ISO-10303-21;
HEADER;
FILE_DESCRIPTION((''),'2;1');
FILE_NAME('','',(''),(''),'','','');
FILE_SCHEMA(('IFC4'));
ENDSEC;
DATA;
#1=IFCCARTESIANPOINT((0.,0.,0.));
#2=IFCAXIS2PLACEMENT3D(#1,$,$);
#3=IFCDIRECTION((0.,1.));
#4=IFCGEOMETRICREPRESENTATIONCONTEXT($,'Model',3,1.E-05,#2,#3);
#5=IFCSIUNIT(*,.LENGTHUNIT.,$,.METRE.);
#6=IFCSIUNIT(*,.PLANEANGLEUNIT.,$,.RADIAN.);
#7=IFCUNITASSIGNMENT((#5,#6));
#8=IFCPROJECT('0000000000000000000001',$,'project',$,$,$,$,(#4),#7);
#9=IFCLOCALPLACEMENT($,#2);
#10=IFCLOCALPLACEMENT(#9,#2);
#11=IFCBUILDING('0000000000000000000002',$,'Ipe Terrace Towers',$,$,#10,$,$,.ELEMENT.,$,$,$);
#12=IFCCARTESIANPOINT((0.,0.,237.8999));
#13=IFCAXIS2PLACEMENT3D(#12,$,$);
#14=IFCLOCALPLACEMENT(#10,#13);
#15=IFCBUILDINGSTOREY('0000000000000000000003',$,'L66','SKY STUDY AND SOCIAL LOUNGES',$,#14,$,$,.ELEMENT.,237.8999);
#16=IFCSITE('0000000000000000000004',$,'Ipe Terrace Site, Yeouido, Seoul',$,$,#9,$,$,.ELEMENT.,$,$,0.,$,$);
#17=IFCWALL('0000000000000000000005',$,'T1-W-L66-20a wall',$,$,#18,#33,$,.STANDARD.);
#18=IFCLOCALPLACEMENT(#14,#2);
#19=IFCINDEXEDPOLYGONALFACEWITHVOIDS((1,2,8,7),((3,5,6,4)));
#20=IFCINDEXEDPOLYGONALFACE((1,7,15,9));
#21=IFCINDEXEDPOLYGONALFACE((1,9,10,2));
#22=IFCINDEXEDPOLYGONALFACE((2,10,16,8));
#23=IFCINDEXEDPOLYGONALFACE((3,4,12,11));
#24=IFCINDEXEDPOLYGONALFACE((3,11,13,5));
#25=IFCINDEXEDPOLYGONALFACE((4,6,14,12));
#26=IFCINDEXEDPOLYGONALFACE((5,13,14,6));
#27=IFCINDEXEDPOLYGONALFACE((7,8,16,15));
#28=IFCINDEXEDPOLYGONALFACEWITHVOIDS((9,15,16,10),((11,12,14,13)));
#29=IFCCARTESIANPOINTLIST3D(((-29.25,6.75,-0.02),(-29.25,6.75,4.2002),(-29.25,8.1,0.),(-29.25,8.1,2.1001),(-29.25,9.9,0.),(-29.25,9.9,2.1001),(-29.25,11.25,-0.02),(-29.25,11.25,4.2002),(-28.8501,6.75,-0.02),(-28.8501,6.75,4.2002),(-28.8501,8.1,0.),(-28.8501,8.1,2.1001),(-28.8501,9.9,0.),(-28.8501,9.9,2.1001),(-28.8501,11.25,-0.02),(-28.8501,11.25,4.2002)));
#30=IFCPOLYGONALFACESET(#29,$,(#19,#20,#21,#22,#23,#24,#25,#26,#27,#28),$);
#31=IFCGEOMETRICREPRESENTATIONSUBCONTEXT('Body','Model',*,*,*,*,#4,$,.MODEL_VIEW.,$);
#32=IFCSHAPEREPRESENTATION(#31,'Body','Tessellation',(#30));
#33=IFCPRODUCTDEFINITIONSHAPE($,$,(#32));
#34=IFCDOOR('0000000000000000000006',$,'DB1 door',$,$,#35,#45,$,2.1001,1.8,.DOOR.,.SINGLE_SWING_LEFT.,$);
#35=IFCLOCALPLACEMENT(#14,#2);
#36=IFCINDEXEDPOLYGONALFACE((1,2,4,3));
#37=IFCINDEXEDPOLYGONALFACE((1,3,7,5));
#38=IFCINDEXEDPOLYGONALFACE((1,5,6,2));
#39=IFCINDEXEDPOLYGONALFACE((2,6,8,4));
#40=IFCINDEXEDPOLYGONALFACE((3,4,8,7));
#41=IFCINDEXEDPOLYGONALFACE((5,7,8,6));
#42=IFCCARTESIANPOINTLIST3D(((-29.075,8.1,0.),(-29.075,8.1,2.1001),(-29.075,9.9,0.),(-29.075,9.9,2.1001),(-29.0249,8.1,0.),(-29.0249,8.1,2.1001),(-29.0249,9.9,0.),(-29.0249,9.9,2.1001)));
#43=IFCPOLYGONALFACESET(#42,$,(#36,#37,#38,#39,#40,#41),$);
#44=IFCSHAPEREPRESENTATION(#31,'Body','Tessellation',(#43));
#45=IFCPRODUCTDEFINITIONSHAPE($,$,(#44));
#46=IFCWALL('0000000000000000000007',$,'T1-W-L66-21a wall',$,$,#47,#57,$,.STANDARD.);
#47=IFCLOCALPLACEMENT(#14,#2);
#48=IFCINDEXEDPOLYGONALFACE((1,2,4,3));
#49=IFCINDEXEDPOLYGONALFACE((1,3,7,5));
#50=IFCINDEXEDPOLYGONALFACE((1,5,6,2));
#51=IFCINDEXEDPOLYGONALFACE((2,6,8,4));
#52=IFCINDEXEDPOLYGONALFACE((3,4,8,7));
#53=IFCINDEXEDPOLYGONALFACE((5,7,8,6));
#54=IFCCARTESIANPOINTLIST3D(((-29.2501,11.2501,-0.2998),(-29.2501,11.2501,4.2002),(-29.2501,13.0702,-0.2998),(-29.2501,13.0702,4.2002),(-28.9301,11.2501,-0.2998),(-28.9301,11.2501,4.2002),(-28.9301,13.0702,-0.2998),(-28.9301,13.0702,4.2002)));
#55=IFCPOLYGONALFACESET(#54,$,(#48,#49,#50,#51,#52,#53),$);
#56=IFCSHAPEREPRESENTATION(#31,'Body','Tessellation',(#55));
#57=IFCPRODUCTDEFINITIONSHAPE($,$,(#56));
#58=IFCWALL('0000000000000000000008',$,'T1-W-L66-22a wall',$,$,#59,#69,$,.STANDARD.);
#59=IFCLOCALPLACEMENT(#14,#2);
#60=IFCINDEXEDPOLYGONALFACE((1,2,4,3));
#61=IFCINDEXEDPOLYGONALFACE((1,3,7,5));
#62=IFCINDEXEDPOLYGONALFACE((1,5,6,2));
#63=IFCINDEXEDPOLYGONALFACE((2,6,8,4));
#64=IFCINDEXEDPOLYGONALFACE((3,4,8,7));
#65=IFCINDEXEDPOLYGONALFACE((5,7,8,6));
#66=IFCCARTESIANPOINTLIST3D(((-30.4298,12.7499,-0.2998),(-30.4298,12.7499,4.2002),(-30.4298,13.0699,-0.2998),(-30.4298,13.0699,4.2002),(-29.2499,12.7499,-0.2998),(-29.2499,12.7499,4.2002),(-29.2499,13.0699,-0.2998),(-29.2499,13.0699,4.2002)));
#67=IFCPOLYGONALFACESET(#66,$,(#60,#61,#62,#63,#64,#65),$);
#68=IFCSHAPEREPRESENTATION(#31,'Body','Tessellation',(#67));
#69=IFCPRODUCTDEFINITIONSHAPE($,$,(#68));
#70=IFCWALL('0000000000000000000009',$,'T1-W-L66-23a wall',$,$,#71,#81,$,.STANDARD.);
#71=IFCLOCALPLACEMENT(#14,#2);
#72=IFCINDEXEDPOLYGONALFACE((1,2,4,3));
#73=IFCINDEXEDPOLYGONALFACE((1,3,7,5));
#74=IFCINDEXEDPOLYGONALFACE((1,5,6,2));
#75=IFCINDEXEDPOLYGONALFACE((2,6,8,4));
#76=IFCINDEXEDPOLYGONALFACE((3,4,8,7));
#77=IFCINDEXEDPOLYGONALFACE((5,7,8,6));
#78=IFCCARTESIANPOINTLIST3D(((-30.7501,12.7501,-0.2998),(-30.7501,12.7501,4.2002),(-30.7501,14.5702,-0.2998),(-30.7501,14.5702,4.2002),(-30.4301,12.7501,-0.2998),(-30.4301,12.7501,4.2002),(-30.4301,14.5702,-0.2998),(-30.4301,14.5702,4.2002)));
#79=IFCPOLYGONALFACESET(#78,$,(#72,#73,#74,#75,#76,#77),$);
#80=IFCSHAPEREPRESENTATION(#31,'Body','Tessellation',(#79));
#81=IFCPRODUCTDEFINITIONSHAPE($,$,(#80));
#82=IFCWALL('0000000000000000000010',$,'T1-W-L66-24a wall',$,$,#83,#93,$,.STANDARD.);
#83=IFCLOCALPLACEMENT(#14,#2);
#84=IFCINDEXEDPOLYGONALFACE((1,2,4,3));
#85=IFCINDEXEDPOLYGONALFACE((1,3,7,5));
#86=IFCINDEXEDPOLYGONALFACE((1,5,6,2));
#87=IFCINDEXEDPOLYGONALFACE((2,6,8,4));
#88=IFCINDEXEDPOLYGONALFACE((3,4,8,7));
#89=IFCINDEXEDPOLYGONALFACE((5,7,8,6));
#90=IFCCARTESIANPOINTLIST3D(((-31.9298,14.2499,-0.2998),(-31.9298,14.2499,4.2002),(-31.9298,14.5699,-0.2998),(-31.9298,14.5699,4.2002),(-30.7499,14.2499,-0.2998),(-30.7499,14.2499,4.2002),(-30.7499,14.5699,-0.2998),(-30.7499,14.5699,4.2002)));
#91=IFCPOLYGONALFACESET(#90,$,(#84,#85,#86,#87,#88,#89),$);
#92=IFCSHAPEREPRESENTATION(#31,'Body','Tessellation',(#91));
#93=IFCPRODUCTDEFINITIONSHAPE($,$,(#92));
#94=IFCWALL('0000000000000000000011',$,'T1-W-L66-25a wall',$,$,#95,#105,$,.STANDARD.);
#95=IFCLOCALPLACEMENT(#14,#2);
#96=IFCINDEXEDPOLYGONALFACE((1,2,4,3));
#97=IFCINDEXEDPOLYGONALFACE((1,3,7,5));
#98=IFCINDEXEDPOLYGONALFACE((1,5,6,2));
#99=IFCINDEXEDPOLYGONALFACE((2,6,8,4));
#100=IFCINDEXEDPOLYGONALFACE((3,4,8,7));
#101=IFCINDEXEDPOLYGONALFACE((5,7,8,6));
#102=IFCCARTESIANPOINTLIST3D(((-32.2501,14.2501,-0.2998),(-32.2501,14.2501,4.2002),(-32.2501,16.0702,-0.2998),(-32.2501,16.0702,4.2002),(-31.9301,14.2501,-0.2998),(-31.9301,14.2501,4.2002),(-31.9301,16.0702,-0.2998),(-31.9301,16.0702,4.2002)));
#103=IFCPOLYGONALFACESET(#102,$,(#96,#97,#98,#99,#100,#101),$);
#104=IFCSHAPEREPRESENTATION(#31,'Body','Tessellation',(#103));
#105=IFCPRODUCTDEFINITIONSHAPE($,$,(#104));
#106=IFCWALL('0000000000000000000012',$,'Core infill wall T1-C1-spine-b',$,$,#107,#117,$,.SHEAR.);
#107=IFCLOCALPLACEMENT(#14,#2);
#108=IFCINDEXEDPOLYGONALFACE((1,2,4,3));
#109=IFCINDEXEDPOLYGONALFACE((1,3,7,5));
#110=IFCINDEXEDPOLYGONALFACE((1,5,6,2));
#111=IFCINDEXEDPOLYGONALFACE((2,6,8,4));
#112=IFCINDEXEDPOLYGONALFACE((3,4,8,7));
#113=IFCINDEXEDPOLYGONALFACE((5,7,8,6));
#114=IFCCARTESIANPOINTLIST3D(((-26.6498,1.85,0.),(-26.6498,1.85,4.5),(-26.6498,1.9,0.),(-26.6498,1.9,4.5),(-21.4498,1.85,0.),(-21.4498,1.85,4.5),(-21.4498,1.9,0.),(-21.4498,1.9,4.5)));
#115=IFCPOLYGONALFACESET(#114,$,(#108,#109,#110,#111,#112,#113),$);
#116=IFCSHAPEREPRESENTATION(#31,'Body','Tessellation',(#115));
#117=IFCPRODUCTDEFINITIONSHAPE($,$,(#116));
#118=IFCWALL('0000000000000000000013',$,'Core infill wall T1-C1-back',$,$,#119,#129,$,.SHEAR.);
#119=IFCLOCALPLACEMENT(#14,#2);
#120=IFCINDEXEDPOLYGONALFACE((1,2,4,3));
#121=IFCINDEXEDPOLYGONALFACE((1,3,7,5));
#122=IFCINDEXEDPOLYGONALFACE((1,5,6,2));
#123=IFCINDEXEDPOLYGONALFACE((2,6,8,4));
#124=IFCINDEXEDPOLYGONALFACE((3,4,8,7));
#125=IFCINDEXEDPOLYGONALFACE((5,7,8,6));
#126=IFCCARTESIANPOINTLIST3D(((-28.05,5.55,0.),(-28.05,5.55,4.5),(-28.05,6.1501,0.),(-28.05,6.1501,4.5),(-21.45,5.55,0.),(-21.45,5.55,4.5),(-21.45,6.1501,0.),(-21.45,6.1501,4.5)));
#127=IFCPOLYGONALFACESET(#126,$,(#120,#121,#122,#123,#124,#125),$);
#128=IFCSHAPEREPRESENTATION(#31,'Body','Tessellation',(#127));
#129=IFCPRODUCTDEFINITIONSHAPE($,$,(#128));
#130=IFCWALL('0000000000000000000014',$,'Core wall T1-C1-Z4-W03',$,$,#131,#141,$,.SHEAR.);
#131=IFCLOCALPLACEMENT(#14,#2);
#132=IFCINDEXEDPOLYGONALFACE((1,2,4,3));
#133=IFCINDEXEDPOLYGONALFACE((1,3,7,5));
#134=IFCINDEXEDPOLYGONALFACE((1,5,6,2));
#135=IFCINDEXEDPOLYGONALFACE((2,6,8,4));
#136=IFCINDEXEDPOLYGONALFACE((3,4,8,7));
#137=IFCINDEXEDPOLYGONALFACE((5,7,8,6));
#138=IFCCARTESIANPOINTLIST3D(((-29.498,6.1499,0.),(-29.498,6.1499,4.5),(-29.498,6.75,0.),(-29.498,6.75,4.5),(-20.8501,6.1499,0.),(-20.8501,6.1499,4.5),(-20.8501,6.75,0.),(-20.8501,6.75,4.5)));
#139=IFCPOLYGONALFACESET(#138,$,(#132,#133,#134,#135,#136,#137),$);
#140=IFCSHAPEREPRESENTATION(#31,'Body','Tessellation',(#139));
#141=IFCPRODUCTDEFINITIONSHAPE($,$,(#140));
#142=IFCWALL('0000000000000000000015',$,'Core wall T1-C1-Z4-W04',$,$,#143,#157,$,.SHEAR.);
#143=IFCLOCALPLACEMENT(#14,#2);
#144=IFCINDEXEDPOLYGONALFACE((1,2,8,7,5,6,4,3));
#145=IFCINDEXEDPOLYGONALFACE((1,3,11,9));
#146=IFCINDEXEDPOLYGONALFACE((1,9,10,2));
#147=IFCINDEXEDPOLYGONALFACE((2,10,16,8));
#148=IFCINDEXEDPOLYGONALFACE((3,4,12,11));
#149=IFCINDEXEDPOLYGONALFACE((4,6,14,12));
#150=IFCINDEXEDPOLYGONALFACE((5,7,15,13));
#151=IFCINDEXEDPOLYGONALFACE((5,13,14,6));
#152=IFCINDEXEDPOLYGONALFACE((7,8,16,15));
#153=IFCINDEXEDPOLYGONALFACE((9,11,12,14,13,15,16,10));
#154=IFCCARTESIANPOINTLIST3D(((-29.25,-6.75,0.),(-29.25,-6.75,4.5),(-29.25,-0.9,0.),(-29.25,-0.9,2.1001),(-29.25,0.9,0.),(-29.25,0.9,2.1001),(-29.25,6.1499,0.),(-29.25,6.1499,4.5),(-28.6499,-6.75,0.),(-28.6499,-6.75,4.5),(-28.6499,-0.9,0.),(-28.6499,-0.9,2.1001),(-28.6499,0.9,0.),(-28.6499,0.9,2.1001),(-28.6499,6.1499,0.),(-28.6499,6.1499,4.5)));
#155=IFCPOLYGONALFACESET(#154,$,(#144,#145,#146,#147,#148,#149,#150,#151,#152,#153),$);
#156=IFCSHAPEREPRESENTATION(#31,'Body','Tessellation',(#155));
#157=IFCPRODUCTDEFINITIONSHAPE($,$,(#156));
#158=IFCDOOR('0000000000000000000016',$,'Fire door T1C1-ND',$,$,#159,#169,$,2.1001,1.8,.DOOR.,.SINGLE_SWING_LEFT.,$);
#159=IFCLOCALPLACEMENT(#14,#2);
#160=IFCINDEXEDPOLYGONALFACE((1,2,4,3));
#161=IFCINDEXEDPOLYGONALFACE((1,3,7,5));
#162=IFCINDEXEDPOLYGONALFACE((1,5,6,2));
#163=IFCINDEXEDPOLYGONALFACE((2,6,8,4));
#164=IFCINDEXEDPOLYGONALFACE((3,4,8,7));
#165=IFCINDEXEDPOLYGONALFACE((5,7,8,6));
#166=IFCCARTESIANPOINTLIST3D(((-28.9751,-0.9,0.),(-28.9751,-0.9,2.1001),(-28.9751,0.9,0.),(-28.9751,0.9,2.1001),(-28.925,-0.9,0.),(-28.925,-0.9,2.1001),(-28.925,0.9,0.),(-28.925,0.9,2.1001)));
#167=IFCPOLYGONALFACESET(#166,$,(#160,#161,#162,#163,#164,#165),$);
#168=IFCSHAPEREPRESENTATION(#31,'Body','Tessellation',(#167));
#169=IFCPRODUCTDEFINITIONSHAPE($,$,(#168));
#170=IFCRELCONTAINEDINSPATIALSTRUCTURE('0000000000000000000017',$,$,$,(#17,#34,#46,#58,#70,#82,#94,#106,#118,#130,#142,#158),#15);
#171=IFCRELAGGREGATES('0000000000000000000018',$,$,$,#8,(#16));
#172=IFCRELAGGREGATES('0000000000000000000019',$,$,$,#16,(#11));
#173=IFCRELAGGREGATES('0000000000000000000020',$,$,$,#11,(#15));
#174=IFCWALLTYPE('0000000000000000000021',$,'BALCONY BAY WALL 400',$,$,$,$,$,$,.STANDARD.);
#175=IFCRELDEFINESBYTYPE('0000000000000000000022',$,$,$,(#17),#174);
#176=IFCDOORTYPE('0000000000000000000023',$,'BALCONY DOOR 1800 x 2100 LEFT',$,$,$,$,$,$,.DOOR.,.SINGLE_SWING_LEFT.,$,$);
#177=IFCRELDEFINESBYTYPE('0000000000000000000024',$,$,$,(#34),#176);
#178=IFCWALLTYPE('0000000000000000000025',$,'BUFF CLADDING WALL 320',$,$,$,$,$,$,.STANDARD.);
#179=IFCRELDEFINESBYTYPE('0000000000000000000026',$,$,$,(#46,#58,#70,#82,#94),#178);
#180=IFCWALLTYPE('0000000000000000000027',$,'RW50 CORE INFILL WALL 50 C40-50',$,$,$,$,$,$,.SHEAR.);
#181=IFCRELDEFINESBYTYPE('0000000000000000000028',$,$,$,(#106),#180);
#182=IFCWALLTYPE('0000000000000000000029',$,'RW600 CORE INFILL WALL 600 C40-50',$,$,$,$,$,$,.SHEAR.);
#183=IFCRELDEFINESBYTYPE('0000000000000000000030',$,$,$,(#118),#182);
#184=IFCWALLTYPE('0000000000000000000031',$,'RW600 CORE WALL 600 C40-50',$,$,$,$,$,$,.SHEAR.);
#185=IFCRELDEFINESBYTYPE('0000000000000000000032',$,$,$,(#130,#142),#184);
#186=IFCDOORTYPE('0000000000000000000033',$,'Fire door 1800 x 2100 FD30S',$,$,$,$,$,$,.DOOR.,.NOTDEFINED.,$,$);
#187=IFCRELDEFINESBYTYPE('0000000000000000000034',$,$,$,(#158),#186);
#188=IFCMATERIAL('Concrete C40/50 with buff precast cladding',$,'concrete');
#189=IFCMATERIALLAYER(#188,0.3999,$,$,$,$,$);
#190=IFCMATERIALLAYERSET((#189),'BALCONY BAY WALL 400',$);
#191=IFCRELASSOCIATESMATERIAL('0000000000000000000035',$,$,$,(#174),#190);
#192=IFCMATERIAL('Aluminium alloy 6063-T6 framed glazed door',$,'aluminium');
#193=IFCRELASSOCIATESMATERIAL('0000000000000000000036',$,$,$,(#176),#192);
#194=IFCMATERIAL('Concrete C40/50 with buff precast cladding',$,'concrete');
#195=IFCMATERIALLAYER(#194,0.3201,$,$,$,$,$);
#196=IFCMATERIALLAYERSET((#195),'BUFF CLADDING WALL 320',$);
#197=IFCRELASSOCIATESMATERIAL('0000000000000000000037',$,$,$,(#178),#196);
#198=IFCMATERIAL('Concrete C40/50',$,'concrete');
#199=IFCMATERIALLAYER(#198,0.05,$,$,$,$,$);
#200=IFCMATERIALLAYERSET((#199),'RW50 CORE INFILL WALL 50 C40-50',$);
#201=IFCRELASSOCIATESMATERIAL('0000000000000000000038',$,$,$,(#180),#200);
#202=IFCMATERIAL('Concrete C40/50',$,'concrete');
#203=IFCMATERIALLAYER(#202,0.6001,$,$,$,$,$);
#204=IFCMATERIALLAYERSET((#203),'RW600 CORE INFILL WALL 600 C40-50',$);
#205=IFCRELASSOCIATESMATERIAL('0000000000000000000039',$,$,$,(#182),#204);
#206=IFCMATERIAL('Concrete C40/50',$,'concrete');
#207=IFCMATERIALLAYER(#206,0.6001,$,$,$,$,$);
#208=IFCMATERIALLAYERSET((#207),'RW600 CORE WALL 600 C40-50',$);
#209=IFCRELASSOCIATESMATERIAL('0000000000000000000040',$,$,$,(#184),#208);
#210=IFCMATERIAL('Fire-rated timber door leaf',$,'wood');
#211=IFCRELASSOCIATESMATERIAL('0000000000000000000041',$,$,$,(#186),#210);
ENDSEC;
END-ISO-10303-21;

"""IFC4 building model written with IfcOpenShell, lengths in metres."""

from ifc_helpers import new_model, si_unit, direction, frame, frame_2d, origin, place, context, subcontext, project, spatial, rectangle, extrude, material, layer, layer_set, type_object, element, fill, save


model = new_model("IFC4")

# Units and contexts
model_context = context("Model", 3, precision=1e-05, world=origin(), true_north=direction((0.0, 1.0)))
body_context = subcontext(model_context, "Body", "Model", "MODEL_VIEW")
ifc_project = project(units=[si_unit("LENGTHUNIT", "METRE"), si_unit("PLANEANGLEUNIT", "RADIAN")], contexts=[model_context])

# Site, building, storey
site_placement = place(None, origin())
site = spatial("IfcSite", under=ifc_project, at=site_placement, Name="Ipe Terrace Site, Yeouido, Seoul", CompositionType="ELEMENT", RefElevation=0.0)
building_placement = place(site_placement, origin())
building = spatial("IfcBuilding", under=site, at=building_placement, Name="Ipe Terrace Towers", CompositionType="ELEMENT")
storey_placement = place(building_placement, frame((0.0, 0.0, 237.8999)))
storey = spatial("IfcBuildingStorey", under=building, at=storey_placement, Name="L66", Description="SKY STUDY AND SOCIAL LOUNGES", CompositionType="ELEMENT", Elevation=237.8999)

# Wall, opening, door
ifc_material_1 = material(Name="Concrete C40/50 with buff precast cladding", Category="concrete")
ifc_layer_1 = layer(ifc_material_1, 0.3999)
ifc_layer_set_1 = layer_set([ifc_layer_1], Name="BALCONY BAY WALL 400")
wall_type_1 = type_object("IfcWallType", Name="BALCONY BAY WALL 400", PredefinedType="STANDARD", material=ifc_layer_set_1)
wall_1_placement = place(storey_placement, frame((-29.05, 6.75, -0.02), z_axis=(0.0, 0.0, 1.0), x_axis=(0.0, 1.0, 0.0)))
wall_1 = element("IfcWall", 1, at=wall_1_placement, inside=storey, type_object=wall_type_1, Name="T1-W-L66-20a wall", PredefinedType="STANDARD", context=body_context, shape_type="SweptSolid", body=[
    extrude(rectangle(XDim=4.5, YDim=0.3999, at=frame_2d((2.25, 0.0))), origin(), (0.0, 0.0, 1.0), 4.2202),
])
opening_1_placement = place(wall_1_placement, frame((1.3501, 0.0, 0.02)))
opening_1 = element("IfcOpeningElement", 2, at=opening_1_placement, cuts=wall_1, PredefinedType="OPENING", context=body_context, shape_type="SweptSolid", body=[
    extrude(rectangle(XDim=1.8, YDim=2.1001, at=frame_2d((0.8999, 1.05))), frame((0.0, 0.21, 0.0), z_axis=(0.0, -1.0, 0.0), x_axis=(1.0, 0.0, 0.0)), (0.0, 0.0, 1.0), 0.4199),
])
ifc_material_2 = material(Name="Aluminium alloy 6063-T6 framed glazed door", Category="aluminium")
door_type_1 = type_object("IfcDoorType", Name="BALCONY DOOR 1800 x 2100 LEFT", OperationType="SINGLE_SWING_LEFT", PredefinedType="DOOR", material=ifc_material_2)
door_1_placement = place(opening_1_placement, origin())
door_1 = element("IfcDoor", 3, at=door_1_placement, inside=storey, type_object=door_type_1, Name="DB1 door", OperationType="SINGLE_SWING_LEFT", OverallHeight=2.1001, OverallWidth=1.8, PredefinedType="DOOR", context=body_context, shape_type="SweptSolid", body=[
    extrude(rectangle(XDim=1.8, YDim=2.1001, at=frame_2d((0.8999, 1.05))), frame((0.0, 0.0249, 0.0), z_axis=(0.0, -1.0, 0.0), x_axis=(1.0, 0.0, 0.0)), (0.0, 0.0, 1.0), 0.05),
])
fill(opening_1, door_1)

# Walls
ifc_material_3 = material(Name="Concrete C40/50 with buff precast cladding", Category="concrete")
ifc_layer_2 = layer(ifc_material_3, 0.3201)
ifc_layer_set_2 = layer_set([ifc_layer_2], Name="BUFF CLADDING WALL 320")
wall_type_2 = type_object("IfcWallType", Name="BUFF CLADDING WALL 320", PredefinedType="STANDARD", material=ifc_layer_set_2)
wall_2_placement = place(storey_placement, frame((-29.0901, 11.25, -0.2998), z_axis=(0.0, 0.0, 1.0), x_axis=(0.0, 1.0, 0.0)))
element("IfcWall", 4, at=wall_2_placement, inside=storey, type_object=wall_type_2, Name="T1-W-L66-21a wall", PredefinedType="STANDARD", context=body_context, shape_type="SweptSolid", body=[
    extrude(rectangle(XDim=1.8201, YDim=0.3201, at=frame_2d((0.9102, 0.0))), origin(), (0.0, 0.0, 1.0), 4.5),
])
wall_3_placement = place(storey_placement, frame((-29.25, 12.9099, -0.2998), z_axis=(0.0, 0.0, 1.0), x_axis=(-1.0, 0.0, 0.0)))
element("IfcWall", 5, at=wall_3_placement, inside=storey, type_object=wall_type_2, Name="T1-W-L66-22a wall", PredefinedType="STANDARD", context=body_context, shape_type="SweptSolid", body=[
    extrude(rectangle(XDim=1.1799, YDim=0.3201, at=frame_2d((0.5898, 0.0))), origin(), (0.0, 0.0, 1.0), 4.5),
])
wall_4_placement = place(storey_placement, frame((-30.5901, 12.75, -0.2998), z_axis=(0.0, 0.0, 1.0), x_axis=(0.0, 1.0, 0.0)))
element("IfcWall", 6, at=wall_4_placement, inside=storey, type_object=wall_type_2, Name="T1-W-L66-23a wall", PredefinedType="STANDARD", context=body_context, shape_type="SweptSolid", body=[
    extrude(rectangle(XDim=1.8201, YDim=0.3201, at=frame_2d((0.9102, 0.0))), origin(), (0.0, 0.0, 1.0), 4.5),
])
wall_5_placement = place(storey_placement, frame((-30.75, 14.4099, -0.2998), z_axis=(0.0, 0.0, 1.0), x_axis=(-1.0, 0.0, 0.0)))
element("IfcWall", 7, at=wall_5_placement, inside=storey, type_object=wall_type_2, Name="T1-W-L66-24a wall", PredefinedType="STANDARD", context=body_context, shape_type="SweptSolid", body=[
    extrude(rectangle(XDim=1.1799, YDim=0.3201, at=frame_2d((0.5898, 0.0))), origin(), (0.0, 0.0, 1.0), 4.5),
])
wall_6_placement = place(storey_placement, frame((-32.0901, 14.25, -0.2998), z_axis=(0.0, 0.0, 1.0), x_axis=(0.0, 1.0, 0.0)))
element("IfcWall", 8, at=wall_6_placement, inside=storey, type_object=wall_type_2, Name="T1-W-L66-25a wall", PredefinedType="STANDARD", context=body_context, shape_type="SweptSolid", body=[
    extrude(rectangle(XDim=1.8201, YDim=0.3201, at=frame_2d((0.9102, 0.0))), origin(), (0.0, 0.0, 1.0), 4.5),
])
ifc_material_4 = material(Name="Concrete C40/50", Category="concrete")
ifc_layer_3 = layer(ifc_material_4, 0.05)
ifc_layer_set_3 = layer_set([ifc_layer_3], Name="RW50 CORE INFILL WALL 50 C40-50")
wall_type_3 = type_object("IfcWallType", Name="RW50 CORE INFILL WALL 50 C40-50", PredefinedType="SHEAR", material=ifc_layer_set_3)
wall_7_placement = place(storey_placement, frame((-26.6499, 1.875, 0.0), z_axis=(0.0, 0.0, 1.0), x_axis=(1.0, 0.0, 0.0)))
element("IfcWall", 9, at=wall_7_placement, inside=storey, type_object=wall_type_3, Name="Core infill wall T1-C1-spine-b", PredefinedType="SHEAR", context=body_context, shape_type="SweptSolid", body=[
    extrude(rectangle(XDim=5.2, YDim=0.05, at=frame_2d((2.6001, 0.0))), origin(), (0.0, 0.0, 1.0), 4.5),
])
ifc_material_5 = material(Name="Concrete C40/50", Category="concrete")
ifc_layer_4 = layer(ifc_material_5, 0.6001)
ifc_layer_set_4 = layer_set([ifc_layer_4], Name="RW600 CORE INFILL WALL 600 C40-50")
wall_type_4 = type_object("IfcWallType", Name="RW600 CORE INFILL WALL 600 C40-50", PredefinedType="SHEAR", material=ifc_layer_set_4)
wall_8_placement = place(storey_placement, frame((-28.05, 5.8501, 0.0), z_axis=(0.0, 0.0, 1.0), x_axis=(1.0, 0.0, 0.0)))
element("IfcWall", 10, at=wall_8_placement, inside=storey, type_object=wall_type_4, Name="Core infill wall T1-C1-back", PredefinedType="SHEAR", context=body_context, shape_type="SweptSolid", body=[
    extrude(rectangle(XDim=6.6001, YDim=0.6001, at=frame_2d((3.3, 0.0))), origin(), (0.0, 0.0, 1.0), 4.5),
])
ifc_material_6 = material(Name="Concrete C40/50", Category="concrete")
ifc_layer_5 = layer(ifc_material_6, 0.6001)
ifc_layer_set_5 = layer_set([ifc_layer_5], Name="RW600 CORE WALL 600 C40-50")
wall_type_5 = type_object("IfcWallType", Name="RW600 CORE WALL 600 C40-50", PredefinedType="SHEAR", material=ifc_layer_set_5)
wall_9_placement = place(storey_placement, frame((-20.8501, 6.45, 0.0), z_axis=(0.0, 0.0, 1.0), x_axis=(-1.0, 0.0, 0.0)))
element("IfcWall", 11, at=wall_9_placement, inside=storey, type_object=wall_type_5, Name="Core wall T1-C1-Z4-W03", PredefinedType="SHEAR", context=body_context, shape_type="SweptSolid", body=[
    extrude(rectangle(XDim=8.6479, YDim=0.6001, at=frame_2d((4.324, 0.0))), origin(), (0.0, 0.0, 1.0), 4.5),
])

# Wall, opening, door
wall_10_placement = place(storey_placement, frame((-28.95, 6.1499, 0.0), z_axis=(0.0, 0.0, 1.0), x_axis=(0.0, -1.0, 0.0)))
wall_10 = element("IfcWall", 12, at=wall_10_placement, inside=storey, type_object=wall_type_5, Name="Core wall T1-C1-Z4-W04", PredefinedType="SHEAR", context=body_context, shape_type="SweptSolid", body=[
    extrude(rectangle(XDim=12.8999, YDim=0.6001, at=frame_2d((6.45, 0.0))), origin(), (0.0, 0.0, 1.0), 4.5),
])
opening_2_placement = place(wall_10_placement, frame((5.25, 0.0, 0.0)))
opening_2 = element("IfcOpeningElement", 13, at=opening_2_placement, cuts=wall_10, PredefinedType="OPENING", context=body_context, shape_type="SweptSolid", body=[
    extrude(rectangle(XDim=1.8, YDim=2.1001, at=frame_2d((0.8999, 1.05))), frame((0.0, 0.3101, 0.0), z_axis=(0.0, -1.0, 0.0), x_axis=(1.0, 0.0, 0.0)), (0.0, 0.0, 1.0), 0.6201),
])
ifc_material_7 = material(Name="Fire-rated timber door leaf", Category="wood")
door_type_2 = type_object("IfcDoorType", Name="Fire door 1800 x 2100 FD30S", OperationType="NOTDEFINED", PredefinedType="DOOR", material=ifc_material_7)
door_2_placement = place(opening_2_placement, origin())
door_2 = element("IfcDoor", 14, at=door_2_placement, inside=storey, type_object=door_type_2, Name="Fire door T1C1-ND", OperationType="SINGLE_SWING_LEFT", OverallHeight=2.1001, OverallWidth=1.8, PredefinedType="DOOR", context=body_context, shape_type="SweptSolid", body=[
    extrude(rectangle(XDim=1.8, YDim=2.1001, at=frame_2d((0.8999, 1.05))), frame((0.0, 0.0249, 0.0), z_axis=(0.0, -1.0, 0.0), x_axis=(1.0, 0.0, 0.0)), (0.0, 0.0, 1.0), 0.05),
])
fill(opening_2, door_2)

save(model, "model.ifc")
